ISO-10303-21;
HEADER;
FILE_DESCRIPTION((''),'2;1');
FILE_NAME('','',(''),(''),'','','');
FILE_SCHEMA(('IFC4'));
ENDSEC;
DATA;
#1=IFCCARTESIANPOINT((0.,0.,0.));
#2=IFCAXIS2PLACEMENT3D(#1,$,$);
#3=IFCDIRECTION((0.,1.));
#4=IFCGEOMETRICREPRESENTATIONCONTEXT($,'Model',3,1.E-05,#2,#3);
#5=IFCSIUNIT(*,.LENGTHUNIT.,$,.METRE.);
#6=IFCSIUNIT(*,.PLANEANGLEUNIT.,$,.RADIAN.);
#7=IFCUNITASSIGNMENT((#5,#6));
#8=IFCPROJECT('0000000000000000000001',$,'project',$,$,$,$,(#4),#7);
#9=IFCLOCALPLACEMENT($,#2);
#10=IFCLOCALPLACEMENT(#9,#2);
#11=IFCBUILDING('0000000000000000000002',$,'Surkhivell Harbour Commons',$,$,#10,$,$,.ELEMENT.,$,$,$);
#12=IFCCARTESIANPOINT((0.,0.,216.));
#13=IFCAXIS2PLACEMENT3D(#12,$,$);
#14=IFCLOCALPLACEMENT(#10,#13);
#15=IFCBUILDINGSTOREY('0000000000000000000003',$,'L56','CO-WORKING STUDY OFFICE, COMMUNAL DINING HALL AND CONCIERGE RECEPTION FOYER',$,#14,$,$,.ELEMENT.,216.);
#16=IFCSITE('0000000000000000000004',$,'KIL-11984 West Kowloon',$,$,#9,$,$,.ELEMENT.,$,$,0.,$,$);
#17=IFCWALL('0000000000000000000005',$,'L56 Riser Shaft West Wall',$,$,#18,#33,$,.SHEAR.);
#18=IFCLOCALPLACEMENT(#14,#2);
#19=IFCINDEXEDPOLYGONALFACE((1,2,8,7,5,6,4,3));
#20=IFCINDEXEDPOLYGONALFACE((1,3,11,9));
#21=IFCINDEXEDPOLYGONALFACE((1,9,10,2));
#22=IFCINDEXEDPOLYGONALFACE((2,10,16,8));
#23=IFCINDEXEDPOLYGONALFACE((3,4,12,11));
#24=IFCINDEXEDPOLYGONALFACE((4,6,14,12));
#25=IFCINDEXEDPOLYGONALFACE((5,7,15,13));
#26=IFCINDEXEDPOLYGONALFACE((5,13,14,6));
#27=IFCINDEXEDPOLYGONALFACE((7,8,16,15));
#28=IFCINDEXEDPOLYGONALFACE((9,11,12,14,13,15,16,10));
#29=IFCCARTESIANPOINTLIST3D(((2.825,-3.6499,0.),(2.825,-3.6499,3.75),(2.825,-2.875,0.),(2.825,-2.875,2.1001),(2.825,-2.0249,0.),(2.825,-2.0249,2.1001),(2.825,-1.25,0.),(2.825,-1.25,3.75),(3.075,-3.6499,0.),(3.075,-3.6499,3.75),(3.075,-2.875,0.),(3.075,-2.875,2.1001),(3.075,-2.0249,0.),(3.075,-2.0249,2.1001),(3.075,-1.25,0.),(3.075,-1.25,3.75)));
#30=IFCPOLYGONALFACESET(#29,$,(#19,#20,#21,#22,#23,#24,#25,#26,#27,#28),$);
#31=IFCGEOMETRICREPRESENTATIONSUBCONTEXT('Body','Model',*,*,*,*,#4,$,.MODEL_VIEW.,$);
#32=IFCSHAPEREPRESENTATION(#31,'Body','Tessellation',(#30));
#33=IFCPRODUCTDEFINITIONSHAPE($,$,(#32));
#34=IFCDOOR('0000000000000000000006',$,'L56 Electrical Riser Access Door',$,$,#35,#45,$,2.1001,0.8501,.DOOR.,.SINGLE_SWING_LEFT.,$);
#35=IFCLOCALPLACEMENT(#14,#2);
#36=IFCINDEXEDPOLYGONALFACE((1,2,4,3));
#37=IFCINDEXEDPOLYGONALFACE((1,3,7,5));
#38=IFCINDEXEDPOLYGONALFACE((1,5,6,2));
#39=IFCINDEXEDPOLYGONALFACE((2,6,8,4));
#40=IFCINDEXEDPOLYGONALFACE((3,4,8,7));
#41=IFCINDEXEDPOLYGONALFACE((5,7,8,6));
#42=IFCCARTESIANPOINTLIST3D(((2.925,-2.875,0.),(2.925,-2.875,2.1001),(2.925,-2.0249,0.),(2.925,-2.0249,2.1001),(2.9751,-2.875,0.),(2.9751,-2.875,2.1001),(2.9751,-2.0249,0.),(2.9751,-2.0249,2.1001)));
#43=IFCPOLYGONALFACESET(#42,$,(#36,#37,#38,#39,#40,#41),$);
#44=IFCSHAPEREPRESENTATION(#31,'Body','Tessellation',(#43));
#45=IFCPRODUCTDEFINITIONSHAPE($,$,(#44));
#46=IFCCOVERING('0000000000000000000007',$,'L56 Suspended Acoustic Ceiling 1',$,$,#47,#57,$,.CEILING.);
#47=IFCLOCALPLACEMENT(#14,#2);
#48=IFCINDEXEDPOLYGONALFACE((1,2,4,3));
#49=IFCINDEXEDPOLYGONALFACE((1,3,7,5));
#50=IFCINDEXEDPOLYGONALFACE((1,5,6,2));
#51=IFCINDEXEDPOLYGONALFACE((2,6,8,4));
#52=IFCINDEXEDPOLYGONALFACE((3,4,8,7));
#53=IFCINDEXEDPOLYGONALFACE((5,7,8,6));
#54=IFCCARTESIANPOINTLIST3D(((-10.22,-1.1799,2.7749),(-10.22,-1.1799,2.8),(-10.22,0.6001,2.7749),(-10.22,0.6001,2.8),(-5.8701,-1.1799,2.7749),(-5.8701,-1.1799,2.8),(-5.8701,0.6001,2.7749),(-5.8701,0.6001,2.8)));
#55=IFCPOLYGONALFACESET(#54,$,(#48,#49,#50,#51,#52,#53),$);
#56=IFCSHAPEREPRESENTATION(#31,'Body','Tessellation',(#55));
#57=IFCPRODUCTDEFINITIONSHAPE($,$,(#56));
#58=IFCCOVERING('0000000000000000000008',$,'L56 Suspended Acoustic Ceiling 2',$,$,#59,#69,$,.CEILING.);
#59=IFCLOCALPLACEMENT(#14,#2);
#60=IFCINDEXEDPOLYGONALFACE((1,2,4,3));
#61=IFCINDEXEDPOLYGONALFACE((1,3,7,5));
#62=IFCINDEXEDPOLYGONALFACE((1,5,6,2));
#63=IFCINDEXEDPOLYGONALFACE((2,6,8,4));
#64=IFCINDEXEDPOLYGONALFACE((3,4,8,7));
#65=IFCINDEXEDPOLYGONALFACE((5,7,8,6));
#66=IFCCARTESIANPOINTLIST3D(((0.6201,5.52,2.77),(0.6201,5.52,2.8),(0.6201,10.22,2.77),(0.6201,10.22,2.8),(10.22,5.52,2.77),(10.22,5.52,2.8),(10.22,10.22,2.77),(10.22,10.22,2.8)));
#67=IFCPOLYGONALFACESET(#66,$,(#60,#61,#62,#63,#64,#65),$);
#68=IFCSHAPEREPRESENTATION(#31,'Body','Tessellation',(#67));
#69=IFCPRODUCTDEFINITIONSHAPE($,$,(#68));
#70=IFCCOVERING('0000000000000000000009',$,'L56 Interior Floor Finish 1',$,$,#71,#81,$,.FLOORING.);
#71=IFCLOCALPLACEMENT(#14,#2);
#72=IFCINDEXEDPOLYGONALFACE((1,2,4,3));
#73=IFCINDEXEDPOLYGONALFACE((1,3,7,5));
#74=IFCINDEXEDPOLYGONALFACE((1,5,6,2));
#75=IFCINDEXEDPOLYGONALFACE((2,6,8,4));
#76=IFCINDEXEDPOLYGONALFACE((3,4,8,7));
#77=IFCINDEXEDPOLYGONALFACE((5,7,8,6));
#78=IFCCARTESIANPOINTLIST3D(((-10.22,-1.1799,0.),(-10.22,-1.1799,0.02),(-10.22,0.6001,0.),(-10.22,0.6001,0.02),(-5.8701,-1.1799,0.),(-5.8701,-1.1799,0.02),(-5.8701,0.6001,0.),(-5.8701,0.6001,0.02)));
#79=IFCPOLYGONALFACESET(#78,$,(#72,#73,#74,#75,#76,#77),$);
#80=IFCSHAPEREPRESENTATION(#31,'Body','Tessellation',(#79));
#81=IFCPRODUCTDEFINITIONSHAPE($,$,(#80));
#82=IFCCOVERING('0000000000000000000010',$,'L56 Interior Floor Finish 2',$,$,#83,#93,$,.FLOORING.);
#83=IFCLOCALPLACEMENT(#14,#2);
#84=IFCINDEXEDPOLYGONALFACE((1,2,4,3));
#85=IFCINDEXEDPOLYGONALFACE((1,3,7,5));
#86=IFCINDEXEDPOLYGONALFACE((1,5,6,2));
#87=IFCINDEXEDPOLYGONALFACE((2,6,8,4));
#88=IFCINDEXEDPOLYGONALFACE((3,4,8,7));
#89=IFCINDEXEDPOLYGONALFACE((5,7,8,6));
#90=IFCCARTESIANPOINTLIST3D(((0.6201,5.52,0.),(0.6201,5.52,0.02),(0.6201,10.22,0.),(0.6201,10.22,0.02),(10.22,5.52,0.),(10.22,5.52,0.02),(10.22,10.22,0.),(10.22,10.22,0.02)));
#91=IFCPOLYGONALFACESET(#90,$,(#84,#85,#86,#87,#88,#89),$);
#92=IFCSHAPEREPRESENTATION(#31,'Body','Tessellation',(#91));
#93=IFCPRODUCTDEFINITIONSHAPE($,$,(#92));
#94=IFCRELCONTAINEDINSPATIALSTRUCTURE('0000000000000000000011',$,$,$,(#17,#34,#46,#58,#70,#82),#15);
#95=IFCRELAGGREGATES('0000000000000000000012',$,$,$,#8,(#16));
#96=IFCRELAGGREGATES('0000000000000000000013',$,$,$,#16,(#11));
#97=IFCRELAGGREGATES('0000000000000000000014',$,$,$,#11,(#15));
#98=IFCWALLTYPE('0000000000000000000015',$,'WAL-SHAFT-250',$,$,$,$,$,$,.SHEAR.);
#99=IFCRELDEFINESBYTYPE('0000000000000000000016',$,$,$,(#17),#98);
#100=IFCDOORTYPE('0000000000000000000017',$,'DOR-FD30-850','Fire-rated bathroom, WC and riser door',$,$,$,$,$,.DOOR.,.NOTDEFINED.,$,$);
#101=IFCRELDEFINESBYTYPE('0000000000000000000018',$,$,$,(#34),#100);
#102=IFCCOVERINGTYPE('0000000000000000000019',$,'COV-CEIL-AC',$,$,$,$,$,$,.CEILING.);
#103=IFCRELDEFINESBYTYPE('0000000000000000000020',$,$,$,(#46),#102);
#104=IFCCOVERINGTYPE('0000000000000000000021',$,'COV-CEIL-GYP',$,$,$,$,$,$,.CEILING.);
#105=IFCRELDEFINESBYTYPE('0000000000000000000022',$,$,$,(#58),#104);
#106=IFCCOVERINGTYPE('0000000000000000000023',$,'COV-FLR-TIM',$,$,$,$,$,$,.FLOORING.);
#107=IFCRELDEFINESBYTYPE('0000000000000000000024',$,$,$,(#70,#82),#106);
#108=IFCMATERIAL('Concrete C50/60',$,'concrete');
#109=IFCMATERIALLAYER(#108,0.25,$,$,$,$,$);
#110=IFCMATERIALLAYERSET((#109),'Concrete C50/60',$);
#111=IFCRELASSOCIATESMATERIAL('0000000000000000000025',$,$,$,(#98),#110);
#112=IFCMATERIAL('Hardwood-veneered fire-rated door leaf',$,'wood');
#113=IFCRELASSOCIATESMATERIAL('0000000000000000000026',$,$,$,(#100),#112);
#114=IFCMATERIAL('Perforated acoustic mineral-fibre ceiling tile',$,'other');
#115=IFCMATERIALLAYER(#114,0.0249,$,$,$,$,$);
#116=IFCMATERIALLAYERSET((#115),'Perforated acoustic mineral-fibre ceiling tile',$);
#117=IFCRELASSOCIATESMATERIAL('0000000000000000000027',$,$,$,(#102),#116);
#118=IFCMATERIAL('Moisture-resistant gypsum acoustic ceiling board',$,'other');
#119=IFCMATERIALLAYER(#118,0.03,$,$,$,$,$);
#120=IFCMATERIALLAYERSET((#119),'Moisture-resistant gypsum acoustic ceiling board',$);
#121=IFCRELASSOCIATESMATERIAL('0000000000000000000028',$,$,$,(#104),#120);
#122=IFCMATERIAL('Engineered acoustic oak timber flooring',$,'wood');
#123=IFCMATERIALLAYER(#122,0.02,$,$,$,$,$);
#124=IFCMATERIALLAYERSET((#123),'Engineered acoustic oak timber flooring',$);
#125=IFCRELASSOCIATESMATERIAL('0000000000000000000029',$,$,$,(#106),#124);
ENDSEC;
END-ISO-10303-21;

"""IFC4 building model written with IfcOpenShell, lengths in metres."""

from ifc_helpers import new_model, si_unit, direction, frame, frame_2d, origin, place, context, subcontext, project, spatial, polyline, rectangle, outline, extrude, material, layer, layer_set, type_object, element, fill, save


model = new_model("IFC4")

# Units and contexts
model_context = context("Model", 3, precision=1e-05, world=origin(), true_north=direction((0.0, 1.0)))
body_context = subcontext(model_context, "Body", "Model", "MODEL_VIEW")
ifc_project = project(units=[si_unit("LENGTHUNIT", "METRE"), si_unit("PLANEANGLEUNIT", "RADIAN")], contexts=[model_context])

# Site, building, storey
site_placement = place(None, origin())
site = spatial("IfcSite", under=ifc_project, at=site_placement, Name="KIL-11984 West Kowloon", CompositionType="ELEMENT", RefElevation=0.0)
building_placement = place(site_placement, origin())
building = spatial("IfcBuilding", under=site, at=building_placement, Name="Surkhivell Harbour Commons", CompositionType="ELEMENT")
storey_placement = place(building_placement, frame((0.0, 0.0, 216.0)))
storey = spatial("IfcBuildingStorey", under=building, at=storey_placement, Name="L56", Description="CO-WORKING STUDY OFFICE, COMMUNAL DINING HALL AND CONCIERGE RECEPTION FOYER", CompositionType="ELEMENT", Elevation=216.0)

# Shared definitions
ifc_material_1 = material(Name="Concrete C50/60", Category="concrete")
ifc_layer_1 = layer(ifc_material_1, 0.25)
ifc_layer_set_1 = layer_set([ifc_layer_1], Name="Concrete C50/60")
wall_type = type_object("IfcWallType", Name="WAL-SHAFT-250", PredefinedType="SHEAR", material=ifc_layer_set_1)

# Wall, opening, door
wall_1_placement = place(storey_placement, frame((2.95, -3.6499, 0.0), z_axis=(0.0, 0.0, 1.0), x_axis=(0.0, 1.0, 0.0)))
wall_1 = element("IfcWall", 1, at=wall_1_placement, inside=storey, type_object=wall_type, Name="L56 Riser Shaft West Wall", PredefinedType="SHEAR", context=body_context, shape_type="SweptSolid", body=[
    extrude(rectangle(XDim=2.3999, YDim=0.25, at=frame_2d((1.2, 0.0))), origin(), (0.0, 0.0, 1.0), 3.75),
])
opening_1_placement = place(wall_1_placement, frame((0.7749, 0.0, 0.0)))
opening_1 = element("IfcOpeningElement", 2, at=opening_1_placement, cuts=wall_1, PredefinedType="OPENING", context=body_context, shape_type="SweptSolid", body=[
    extrude(rectangle(XDim=0.8501, YDim=2.1001, at=frame_2d((0.425, 1.05))), frame((0.0, 0.135, 0.0), z_axis=(0.0, -1.0, 0.0), x_axis=(1.0, 0.0, 0.0)), (0.0, 0.0, 1.0), 0.27),
])
ifc_material_2 = material(Name="Hardwood-veneered fire-rated door leaf", Category="wood")
door_type_1 = type_object("IfcDoorType", Name="DOR-FD30-850", Description="Fire-rated bathroom, WC and riser door", OperationType="NOTDEFINED", PredefinedType="DOOR", material=ifc_material_2)
door_1_placement = place(opening_1_placement, origin())
door_1 = element("IfcDoor", 3, at=door_1_placement, inside=storey, type_object=door_type_1, Name="L56 Electrical Riser Access Door", OperationType="SINGLE_SWING_LEFT", OverallHeight=2.1001, OverallWidth=0.8501, PredefinedType="DOOR", context=body_context, shape_type="SweptSolid", body=[
    extrude(rectangle(XDim=0.8501, YDim=2.1001, at=frame_2d((0.425, 1.05))), frame((0.0, 0.0249, 0.0), z_axis=(0.0, -1.0, 0.0), x_axis=(1.0, 0.0, 0.0)), (0.0, 0.0, 1.0), 0.05),
])
fill(opening_1, door_1)

# Coverings
ifc_material_3 = material(Name="Perforated acoustic mineral-fibre ceiling tile", Category="other")
ifc_layer_2 = layer(ifc_material_3, 0.0249)
ifc_layer_set_2 = layer_set([ifc_layer_2], Name="Perforated acoustic mineral-fibre ceiling tile")
covering_type_1 = type_object("IfcCoveringType", Name="COV-CEIL-AC", PredefinedType="CEILING", material=ifc_layer_set_2)
covering_1_placement = place(storey_placement, frame((0.0, 0.0, 2.7749)))
element("IfcCovering", 4, at=covering_1_placement, inside=storey, type_object=covering_type_1, Name="L56 Suspended Acoustic Ceiling 1", PredefinedType="CEILING", context=body_context, shape_type="SweptSolid", body=[
    extrude(outline(polyline([(-10.22, -1.1799), (-5.8701, -1.1799), (-5.8701, 0.6001), (-10.22, 0.6001), (-10.22, -1.1799)])), origin(), (0.0, 0.0, 1.0), 0.0251),
])
ifc_material_4 = material(Name="Moisture-resistant gypsum acoustic ceiling board", Category="other")
ifc_layer_3 = layer(ifc_material_4, 0.03)
ifc_layer_set_3 = layer_set([ifc_layer_3], Name="Moisture-resistant gypsum acoustic ceiling board")
covering_type_2 = type_object("IfcCoveringType", Name="COV-CEIL-GYP", PredefinedType="CEILING", material=ifc_layer_set_3)
covering_2_placement = place(storey_placement, frame((0.0, 0.0, 2.77)))
element("IfcCovering", 5, at=covering_2_placement, inside=storey, type_object=covering_type_2, Name="L56 Suspended Acoustic Ceiling 2", PredefinedType="CEILING", context=body_context, shape_type="SweptSolid", body=[
    extrude(outline(polyline([(0.6201, 5.52), (10.22, 5.52), (10.22, 10.22), (0.6201, 10.22), (0.6201, 5.52)])), origin(), (0.0, 0.0, 1.0), 0.03),
])
ifc_material_5 = material(Name="Engineered acoustic oak timber flooring", Category="wood")
ifc_layer_4 = layer(ifc_material_5, 0.02)
ifc_layer_set_4 = layer_set([ifc_layer_4], Name="Engineered acoustic oak timber flooring")
covering_type_3 = type_object("IfcCoveringType", Name="COV-FLR-TIM", PredefinedType="FLOORING", material=ifc_layer_set_4)
covering_3_placement = place(storey_placement, origin())
element("IfcCovering", 6, at=covering_3_placement, inside=storey, type_object=covering_type_3, Name="L56 Interior Floor Finish 1", PredefinedType="FLOORING", context=body_context, shape_type="SweptSolid", body=[
    extrude(outline(polyline([(-10.22, -1.1799), (-5.8701, -1.1799), (-5.8701, 0.6001), (-10.22, 0.6001), (-10.22, -1.1799)])), origin(), (0.0, 0.0, 1.0), 0.02),
])
covering_4_placement = place(storey_placement, origin())
element("IfcCovering", 7, at=covering_4_placement, inside=storey, type_object=covering_type_3, Name="L56 Interior Floor Finish 2", PredefinedType="FLOORING", context=body_context, shape_type="SweptSolid", body=[
    extrude(outline(polyline([(0.6201, 5.52), (10.22, 5.52), (10.22, 10.22), (0.6201, 10.22), (0.6201, 5.52)])), origin(), (0.0, 0.0, 1.0), 0.02),
])

save(model, "model.ifc")
